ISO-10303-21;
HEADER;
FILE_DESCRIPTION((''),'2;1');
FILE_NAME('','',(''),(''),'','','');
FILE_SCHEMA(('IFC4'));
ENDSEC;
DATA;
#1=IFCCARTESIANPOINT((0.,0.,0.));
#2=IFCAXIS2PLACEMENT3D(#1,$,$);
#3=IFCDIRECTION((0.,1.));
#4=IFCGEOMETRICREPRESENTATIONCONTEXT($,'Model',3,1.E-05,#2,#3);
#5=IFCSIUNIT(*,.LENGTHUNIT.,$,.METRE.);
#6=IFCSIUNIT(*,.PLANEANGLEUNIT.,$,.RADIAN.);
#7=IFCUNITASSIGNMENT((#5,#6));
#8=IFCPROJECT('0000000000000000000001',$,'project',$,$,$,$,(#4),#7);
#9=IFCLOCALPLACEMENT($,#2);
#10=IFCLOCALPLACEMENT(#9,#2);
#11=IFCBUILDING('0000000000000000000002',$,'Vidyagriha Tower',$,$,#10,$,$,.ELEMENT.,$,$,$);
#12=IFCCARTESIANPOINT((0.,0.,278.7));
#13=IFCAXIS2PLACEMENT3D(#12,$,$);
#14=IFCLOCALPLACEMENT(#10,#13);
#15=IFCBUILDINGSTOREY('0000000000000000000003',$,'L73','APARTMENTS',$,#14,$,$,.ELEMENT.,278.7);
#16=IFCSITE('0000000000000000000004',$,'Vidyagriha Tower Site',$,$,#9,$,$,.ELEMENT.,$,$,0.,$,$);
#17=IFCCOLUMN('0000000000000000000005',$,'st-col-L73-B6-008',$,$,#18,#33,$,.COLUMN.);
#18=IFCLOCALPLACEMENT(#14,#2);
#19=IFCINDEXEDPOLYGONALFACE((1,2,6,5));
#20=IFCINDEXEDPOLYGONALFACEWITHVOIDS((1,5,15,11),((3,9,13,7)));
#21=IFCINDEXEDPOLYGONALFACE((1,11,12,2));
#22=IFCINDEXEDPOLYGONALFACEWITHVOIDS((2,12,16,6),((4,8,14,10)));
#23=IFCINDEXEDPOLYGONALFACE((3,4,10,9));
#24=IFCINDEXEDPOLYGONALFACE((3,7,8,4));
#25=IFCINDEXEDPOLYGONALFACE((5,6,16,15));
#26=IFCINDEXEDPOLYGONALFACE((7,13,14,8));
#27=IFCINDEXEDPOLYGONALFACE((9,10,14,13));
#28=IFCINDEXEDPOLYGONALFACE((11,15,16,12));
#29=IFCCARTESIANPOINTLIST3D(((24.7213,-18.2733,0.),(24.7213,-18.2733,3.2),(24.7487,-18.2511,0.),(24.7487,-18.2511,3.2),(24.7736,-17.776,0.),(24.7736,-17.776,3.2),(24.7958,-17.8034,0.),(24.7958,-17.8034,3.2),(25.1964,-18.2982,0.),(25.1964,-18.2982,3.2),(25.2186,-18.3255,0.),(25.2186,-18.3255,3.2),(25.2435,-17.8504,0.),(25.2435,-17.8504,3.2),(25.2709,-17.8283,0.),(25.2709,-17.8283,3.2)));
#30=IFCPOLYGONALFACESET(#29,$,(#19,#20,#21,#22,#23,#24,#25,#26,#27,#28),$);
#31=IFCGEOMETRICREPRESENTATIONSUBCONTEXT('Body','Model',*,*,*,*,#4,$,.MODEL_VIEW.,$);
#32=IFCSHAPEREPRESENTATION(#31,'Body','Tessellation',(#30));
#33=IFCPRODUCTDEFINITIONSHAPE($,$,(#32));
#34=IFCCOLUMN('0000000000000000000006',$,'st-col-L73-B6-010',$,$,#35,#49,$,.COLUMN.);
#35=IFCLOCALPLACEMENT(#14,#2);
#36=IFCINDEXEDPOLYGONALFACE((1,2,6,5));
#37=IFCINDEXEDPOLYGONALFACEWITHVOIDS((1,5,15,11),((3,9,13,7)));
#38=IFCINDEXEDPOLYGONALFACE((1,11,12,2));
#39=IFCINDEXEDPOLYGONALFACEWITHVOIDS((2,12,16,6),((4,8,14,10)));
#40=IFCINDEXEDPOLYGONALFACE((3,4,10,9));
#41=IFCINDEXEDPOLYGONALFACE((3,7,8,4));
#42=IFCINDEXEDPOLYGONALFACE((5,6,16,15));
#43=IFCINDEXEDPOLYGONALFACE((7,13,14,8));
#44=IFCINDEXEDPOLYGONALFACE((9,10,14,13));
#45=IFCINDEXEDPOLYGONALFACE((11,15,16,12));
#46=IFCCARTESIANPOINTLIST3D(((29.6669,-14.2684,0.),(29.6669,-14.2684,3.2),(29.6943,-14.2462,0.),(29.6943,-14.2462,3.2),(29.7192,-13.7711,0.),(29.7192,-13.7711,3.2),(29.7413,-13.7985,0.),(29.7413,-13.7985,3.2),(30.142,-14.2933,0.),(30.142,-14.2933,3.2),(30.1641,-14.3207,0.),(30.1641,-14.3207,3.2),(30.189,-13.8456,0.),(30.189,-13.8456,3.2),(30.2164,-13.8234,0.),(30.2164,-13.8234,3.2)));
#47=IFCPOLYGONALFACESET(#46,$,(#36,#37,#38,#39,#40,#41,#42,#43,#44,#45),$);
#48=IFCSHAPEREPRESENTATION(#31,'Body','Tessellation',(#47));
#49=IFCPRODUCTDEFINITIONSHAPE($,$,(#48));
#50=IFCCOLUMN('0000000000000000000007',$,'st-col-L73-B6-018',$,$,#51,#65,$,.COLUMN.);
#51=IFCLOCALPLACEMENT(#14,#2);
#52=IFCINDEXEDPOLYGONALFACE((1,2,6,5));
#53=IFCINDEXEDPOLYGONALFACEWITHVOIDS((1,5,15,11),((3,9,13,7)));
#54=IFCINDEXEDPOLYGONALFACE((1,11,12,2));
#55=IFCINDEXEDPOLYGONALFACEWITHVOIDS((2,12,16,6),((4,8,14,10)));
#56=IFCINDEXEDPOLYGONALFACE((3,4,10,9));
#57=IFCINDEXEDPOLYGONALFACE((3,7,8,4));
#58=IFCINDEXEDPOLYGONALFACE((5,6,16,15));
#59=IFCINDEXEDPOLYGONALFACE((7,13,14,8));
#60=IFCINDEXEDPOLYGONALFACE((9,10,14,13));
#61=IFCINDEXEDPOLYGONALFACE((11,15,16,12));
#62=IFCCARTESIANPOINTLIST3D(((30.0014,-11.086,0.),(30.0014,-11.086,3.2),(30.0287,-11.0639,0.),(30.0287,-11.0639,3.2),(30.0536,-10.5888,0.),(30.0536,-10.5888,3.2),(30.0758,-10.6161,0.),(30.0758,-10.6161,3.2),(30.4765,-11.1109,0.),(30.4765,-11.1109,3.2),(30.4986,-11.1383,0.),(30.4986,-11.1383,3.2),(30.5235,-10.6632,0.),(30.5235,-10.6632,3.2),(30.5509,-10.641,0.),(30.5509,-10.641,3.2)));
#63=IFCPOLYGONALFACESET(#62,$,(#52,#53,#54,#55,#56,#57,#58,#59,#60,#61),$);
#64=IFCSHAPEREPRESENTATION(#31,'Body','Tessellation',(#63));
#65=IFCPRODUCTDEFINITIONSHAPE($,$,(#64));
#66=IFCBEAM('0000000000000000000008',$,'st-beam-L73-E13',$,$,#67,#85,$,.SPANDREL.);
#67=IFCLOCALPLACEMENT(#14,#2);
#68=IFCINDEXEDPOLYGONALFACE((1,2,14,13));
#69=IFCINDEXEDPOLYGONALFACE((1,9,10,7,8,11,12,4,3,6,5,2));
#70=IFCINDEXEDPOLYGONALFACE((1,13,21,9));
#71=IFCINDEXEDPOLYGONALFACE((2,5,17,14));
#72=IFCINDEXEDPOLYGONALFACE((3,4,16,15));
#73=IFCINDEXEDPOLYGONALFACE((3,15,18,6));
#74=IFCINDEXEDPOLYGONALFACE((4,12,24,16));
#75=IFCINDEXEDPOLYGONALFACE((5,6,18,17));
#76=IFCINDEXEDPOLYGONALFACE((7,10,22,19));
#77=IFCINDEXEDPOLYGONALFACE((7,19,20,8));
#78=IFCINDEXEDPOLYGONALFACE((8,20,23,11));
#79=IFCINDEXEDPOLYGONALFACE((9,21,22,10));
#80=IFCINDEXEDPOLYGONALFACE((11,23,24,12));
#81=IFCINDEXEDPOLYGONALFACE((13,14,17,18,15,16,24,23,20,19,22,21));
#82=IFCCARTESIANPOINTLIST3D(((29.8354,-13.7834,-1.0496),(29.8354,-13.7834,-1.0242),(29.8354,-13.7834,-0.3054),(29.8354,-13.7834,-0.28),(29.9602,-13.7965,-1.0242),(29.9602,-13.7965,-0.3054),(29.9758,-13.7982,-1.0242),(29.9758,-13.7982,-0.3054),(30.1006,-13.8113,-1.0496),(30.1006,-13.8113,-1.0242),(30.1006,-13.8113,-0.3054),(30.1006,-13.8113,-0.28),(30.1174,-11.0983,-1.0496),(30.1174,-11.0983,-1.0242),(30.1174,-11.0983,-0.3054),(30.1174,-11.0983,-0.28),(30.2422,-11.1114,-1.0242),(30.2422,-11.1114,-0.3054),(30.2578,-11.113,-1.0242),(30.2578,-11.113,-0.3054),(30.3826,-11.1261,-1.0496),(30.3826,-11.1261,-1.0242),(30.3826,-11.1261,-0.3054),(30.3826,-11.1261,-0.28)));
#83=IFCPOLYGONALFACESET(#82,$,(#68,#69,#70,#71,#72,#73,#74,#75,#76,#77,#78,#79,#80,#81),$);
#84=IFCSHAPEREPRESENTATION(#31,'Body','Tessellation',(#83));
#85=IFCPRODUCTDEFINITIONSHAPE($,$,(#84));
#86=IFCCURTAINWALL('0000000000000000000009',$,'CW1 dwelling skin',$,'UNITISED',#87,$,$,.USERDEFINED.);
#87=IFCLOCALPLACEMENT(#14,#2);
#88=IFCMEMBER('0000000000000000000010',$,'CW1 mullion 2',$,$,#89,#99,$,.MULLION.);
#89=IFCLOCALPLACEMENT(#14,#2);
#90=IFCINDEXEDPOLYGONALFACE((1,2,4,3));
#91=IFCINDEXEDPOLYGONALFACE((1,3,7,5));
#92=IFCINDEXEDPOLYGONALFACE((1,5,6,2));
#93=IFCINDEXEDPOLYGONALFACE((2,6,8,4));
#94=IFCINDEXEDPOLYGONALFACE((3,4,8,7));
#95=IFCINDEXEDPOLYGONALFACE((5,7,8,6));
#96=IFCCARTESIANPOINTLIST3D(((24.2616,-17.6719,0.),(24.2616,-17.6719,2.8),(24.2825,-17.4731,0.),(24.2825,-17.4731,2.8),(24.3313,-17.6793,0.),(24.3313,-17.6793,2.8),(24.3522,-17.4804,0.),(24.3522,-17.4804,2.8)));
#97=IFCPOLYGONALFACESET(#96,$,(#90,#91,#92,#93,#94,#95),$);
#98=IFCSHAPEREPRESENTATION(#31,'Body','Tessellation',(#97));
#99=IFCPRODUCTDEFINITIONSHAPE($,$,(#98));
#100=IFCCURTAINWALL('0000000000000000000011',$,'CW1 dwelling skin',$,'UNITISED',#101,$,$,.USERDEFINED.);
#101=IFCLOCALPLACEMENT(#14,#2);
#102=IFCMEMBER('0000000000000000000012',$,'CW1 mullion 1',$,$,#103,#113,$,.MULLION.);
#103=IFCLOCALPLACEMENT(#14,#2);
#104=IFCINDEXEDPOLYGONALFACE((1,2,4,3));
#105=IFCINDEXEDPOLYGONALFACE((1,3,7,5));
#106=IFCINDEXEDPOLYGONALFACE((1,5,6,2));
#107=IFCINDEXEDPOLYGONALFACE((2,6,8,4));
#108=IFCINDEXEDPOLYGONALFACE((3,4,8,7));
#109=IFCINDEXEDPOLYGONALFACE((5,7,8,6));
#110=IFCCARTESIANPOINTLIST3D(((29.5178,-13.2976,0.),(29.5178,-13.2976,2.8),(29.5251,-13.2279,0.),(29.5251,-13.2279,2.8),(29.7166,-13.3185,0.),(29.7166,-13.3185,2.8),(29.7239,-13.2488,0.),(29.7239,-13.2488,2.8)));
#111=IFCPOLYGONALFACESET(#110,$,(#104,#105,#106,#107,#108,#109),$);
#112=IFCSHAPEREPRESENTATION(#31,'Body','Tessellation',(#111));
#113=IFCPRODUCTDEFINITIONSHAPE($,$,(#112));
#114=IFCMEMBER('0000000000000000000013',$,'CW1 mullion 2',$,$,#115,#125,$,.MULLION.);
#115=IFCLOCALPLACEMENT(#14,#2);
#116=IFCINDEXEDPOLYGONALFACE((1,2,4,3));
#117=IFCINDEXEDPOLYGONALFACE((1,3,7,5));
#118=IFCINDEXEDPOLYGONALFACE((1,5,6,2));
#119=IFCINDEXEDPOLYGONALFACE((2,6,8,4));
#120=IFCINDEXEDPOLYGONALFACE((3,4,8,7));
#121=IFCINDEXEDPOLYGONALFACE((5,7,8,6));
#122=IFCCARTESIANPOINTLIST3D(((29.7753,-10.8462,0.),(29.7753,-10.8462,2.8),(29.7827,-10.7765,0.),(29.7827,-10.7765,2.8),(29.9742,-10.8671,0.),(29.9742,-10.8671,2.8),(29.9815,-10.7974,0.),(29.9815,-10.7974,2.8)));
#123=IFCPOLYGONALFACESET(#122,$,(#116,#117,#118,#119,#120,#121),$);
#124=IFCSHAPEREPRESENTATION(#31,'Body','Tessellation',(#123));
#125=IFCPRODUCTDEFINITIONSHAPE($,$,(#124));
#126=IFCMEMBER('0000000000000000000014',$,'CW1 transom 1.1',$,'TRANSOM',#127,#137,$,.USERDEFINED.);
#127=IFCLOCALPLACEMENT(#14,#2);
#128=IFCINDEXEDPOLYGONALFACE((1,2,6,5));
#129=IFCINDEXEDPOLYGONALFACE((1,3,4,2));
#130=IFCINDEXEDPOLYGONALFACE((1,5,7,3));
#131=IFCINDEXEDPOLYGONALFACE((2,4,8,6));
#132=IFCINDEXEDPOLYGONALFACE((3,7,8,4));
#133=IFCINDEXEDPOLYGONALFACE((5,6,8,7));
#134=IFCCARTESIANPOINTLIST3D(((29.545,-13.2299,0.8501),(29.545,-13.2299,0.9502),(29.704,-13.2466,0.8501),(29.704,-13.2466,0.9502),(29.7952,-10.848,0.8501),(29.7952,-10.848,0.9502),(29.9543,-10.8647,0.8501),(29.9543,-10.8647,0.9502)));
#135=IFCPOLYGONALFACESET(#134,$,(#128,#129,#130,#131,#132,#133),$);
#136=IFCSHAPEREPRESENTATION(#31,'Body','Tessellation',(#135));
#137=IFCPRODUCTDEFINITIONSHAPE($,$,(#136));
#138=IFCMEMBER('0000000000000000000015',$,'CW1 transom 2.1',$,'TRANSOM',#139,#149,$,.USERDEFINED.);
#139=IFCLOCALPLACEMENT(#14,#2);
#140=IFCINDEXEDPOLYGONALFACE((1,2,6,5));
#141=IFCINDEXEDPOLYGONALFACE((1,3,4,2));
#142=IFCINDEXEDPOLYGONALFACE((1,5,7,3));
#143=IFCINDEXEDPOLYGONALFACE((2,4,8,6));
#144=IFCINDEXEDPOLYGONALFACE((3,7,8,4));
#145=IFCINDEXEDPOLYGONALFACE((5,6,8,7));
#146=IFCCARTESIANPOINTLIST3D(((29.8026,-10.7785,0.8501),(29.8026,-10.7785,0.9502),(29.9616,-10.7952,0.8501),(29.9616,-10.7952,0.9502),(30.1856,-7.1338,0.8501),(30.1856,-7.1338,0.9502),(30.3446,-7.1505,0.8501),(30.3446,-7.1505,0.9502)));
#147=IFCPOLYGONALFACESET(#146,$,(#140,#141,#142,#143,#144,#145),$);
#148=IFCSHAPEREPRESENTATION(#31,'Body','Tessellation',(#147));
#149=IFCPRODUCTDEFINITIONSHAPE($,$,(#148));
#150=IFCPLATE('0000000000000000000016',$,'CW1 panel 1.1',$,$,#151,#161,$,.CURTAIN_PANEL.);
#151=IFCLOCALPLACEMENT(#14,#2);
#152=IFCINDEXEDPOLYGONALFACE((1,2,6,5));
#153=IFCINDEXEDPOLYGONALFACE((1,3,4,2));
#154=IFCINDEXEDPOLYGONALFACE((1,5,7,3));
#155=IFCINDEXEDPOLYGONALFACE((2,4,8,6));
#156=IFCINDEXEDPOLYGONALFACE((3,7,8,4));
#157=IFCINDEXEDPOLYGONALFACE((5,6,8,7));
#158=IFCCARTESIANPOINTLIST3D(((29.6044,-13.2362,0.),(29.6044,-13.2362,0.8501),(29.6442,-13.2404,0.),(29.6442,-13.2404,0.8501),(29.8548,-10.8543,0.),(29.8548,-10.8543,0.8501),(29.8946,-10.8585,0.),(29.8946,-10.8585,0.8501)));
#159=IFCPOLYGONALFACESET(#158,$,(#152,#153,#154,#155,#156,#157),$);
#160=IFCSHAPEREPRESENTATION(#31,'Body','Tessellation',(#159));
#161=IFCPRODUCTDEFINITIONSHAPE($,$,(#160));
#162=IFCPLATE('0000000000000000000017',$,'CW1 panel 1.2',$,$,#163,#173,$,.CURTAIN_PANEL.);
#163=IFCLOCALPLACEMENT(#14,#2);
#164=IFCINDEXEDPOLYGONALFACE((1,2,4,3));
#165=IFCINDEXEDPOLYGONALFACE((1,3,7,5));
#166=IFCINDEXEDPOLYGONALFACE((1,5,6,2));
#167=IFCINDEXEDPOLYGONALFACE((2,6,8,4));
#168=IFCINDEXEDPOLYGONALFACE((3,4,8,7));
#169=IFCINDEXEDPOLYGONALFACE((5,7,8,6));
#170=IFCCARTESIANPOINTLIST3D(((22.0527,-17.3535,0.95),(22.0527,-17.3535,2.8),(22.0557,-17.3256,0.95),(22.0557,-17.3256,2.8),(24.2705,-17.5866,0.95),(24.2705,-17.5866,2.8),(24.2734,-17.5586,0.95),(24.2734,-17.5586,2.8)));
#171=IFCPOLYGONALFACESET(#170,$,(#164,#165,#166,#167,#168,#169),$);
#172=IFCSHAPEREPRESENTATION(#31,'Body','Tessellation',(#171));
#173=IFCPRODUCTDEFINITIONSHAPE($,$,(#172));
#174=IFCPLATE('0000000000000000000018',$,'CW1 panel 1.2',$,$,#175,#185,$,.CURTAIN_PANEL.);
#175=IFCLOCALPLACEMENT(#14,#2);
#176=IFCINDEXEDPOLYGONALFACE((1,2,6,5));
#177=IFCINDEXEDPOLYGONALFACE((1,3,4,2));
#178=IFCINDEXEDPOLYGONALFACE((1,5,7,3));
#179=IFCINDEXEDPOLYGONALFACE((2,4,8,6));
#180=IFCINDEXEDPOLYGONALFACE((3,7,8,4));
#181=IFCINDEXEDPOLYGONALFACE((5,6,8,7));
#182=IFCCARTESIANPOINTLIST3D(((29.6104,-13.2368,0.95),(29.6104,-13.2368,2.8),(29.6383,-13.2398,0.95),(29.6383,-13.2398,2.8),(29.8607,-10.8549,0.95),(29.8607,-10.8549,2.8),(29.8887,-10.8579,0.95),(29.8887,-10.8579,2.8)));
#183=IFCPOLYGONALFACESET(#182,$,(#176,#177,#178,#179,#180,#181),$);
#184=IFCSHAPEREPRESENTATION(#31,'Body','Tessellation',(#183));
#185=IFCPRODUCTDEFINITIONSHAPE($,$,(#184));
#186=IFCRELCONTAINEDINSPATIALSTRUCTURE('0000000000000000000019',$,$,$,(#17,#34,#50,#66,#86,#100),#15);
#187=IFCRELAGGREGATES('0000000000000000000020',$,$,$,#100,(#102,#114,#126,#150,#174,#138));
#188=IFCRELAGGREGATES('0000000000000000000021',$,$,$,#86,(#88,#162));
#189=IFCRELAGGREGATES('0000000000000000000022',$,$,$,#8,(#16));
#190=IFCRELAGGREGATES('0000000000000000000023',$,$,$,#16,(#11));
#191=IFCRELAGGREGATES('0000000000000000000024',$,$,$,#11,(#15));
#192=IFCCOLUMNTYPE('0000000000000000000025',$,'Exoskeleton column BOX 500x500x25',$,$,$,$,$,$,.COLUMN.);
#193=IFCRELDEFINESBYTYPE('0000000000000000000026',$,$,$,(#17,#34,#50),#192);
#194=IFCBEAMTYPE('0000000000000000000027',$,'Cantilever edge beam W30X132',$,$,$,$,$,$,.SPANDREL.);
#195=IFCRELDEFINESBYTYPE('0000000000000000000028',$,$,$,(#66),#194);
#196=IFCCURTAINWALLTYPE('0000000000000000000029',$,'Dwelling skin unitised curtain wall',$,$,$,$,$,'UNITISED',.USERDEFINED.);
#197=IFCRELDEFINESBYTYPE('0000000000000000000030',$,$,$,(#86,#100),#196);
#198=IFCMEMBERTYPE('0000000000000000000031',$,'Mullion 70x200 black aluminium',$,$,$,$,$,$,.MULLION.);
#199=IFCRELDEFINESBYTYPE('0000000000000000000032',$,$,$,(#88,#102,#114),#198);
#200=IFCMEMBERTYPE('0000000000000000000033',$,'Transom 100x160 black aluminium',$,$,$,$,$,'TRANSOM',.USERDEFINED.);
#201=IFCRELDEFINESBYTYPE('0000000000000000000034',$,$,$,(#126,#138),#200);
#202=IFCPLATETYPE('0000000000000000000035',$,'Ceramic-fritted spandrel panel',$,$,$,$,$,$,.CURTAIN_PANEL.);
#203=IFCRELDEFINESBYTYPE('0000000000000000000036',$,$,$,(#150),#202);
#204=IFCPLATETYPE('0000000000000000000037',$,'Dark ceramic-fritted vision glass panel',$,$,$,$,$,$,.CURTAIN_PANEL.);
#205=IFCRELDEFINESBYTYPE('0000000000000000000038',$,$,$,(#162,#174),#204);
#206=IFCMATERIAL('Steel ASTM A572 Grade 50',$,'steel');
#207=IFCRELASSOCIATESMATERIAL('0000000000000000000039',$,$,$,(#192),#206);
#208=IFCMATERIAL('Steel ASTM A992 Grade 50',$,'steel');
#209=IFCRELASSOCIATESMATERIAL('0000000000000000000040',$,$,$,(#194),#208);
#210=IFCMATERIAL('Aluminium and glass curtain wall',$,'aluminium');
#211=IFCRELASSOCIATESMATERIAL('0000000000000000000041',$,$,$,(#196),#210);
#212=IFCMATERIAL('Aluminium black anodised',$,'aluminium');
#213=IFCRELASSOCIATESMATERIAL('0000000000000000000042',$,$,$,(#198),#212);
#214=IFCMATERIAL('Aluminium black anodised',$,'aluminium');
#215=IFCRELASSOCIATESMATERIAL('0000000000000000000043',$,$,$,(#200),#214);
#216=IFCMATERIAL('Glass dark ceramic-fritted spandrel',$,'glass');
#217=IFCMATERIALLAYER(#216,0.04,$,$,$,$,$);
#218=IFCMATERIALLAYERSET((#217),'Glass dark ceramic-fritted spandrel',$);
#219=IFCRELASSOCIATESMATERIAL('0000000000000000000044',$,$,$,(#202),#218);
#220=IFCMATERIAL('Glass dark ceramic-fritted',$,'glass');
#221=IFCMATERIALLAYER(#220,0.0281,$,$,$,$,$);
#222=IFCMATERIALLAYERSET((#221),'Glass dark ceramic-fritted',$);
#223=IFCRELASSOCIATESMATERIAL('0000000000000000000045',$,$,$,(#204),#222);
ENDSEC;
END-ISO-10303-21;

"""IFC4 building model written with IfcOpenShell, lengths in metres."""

from ifc_helpers import new_model, si_unit, direction, frame, origin, origin_2d, place, context, subcontext, project, spatial, rectangle, hollow_rectangle, i_section, extrude, material, layer, layer_set, material_profile, profile_set, type_object, element, aggregate, save


model = new_model("IFC4")

# Units and contexts
model_context = context("Model", 3, precision=1e-05, world=origin(), true_north=direction((0.0, 1.0)))
body_context = subcontext(model_context, "Body", "Model", "MODEL_VIEW")
ifc_project = project(units=[si_unit("LENGTHUNIT", "METRE"), si_unit("PLANEANGLEUNIT", "RADIAN")], contexts=[model_context])

# Site, building, storey
site_placement = place(None, origin())
site = spatial("IfcSite", under=ifc_project, at=site_placement, Name="Vidyagriha Tower Site", CompositionType="ELEMENT", RefElevation=0.0)
building_placement = place(site_placement, origin())
building = spatial("IfcBuilding", under=site, at=building_placement, Name="Vidyagriha Tower", CompositionType="ELEMENT")
storey_placement = place(building_placement, frame((0.0, 0.0, 278.7)))
storey = spatial("IfcBuildingStorey", under=building, at=storey_placement, Name="L73", Description="APARTMENTS", CompositionType="ELEMENT", Elevation=278.7)

# Columns
ifc_material_1 = material(Name="Steel ASTM A572 Grade 50", Category="steel")
ifc_material_profile_1 = material_profile(ifc_material_1, hollow_rectangle(XDim=0.5, YDim=0.5, WallThickness=0.0249, at=origin_2d()), Name="BOX 500x500x25")
ifc_profile_set_1 = profile_set([ifc_material_profile_1], Name="Steel ASTM A572 Grade 50")
column_type = type_object("IfcColumnType", Name="Exoskeleton column BOX 500x500x25", PredefinedType="COLUMN", material=ifc_profile_set_1)
for number, where, z_axis, x_axis, name in (
    (1, (24.9961, -18.0508, 0.0), (0.0, 0.0, 1.0), (0.994522, -0.104528, 0.0), "st-col-L73-B6-008"),
    (2, (29.9417, -14.0459, 0.0), (0.0, 0.0, 1.0), (0.994522, -0.104528, 0.0), "st-col-L73-B6-010"),
    (3, (30.2761, -10.8635, 0.0), (0.0, 0.0, 1.0), (0.994522, -0.104528, 0.0), "st-col-L73-B6-018"),
):
    element("IfcColumn", number, at=place(storey_placement, frame(where, z_axis=z_axis, x_axis=x_axis)), inside=storey, type_object=column_type, Name=name, PredefinedType="COLUMN", context=body_context, shape_type="SweptSolid", body=[
        extrude(hollow_rectangle(XDim=0.5, YDim=0.5, WallThickness=0.0249, at=origin_2d()), origin(), (0.0, 0.0, 1.0), 3.2),
    ])

# Beam
ifc_material_2 = material(Name="Steel ASTM A992 Grade 50", Category="steel")
ifc_material_profile_2 = material_profile(ifc_material_2, i_section(OverallWidth=0.2666, OverallDepth=0.7695, WebThickness=0.0156, FlangeThickness=0.0254, at=origin_2d()), Name="W30X132")
ifc_profile_set_2 = profile_set([ifc_material_profile_2], Name="Steel ASTM A992 Grade 50")
beam_type = type_object("IfcBeamType", Name="Cantilever edge beam W30X132", PredefinedType="SPANDREL", material=ifc_profile_set_2)
beam_placement = place(storey_placement, frame((29.968, -13.7974, -0.6648), z_axis=(0.104435, 0.994532, 0.0), x_axis=(-0.994532, 0.104435, 0.0)))
element("IfcBeam", 4, at=beam_placement, inside=storey, type_object=beam_type, Name="st-beam-L73-E13", PredefinedType="SPANDREL", context=body_context, shape_type="SweptSolid", body=[
    extrude(i_section(OverallWidth=0.2666, OverallDepth=0.7695, WebThickness=0.0156, FlangeThickness=0.0254, at=origin_2d()), origin(), (0.0, 0.0, 1.0), 2.7),
])

# Curtain wall, member
ifc_material_3 = material(Name="Aluminium and glass curtain wall", Category="aluminium")
curtain_wall_type = type_object("IfcCurtainWallType", Name="Dwelling skin unitised curtain wall", ElementType="UNITISED", PredefinedType="USERDEFINED", material=ifc_material_3)
curtain_wall_1_placement = place(storey_placement, origin())
curtain_wall_1 = element("IfcCurtainWall", 5, at=curtain_wall_1_placement, inside=storey, type_object=curtain_wall_type, Name="CW1 dwelling skin", ObjectType="UNITISED", PredefinedType="USERDEFINED")
ifc_material_4 = material(Name="Aluminium black anodised", Category="aluminium")
ifc_material_profile_3 = material_profile(ifc_material_4, rectangle(XDim=0.2, YDim=0.0701, at=origin_2d()), Name="Mullion 70x200 black aluminium")
ifc_profile_set_3 = profile_set([ifc_material_profile_3], Name="Aluminium black anodised")
member_type_1 = type_object("IfcMemberType", Name="Mullion 70x200 black aluminium", PredefinedType="MULLION", material=ifc_profile_set_3)
member_1_placement = place(storey_placement, frame((24.3069, -17.5762, 0.0), z_axis=(0.0, 0.0, 1.0), x_axis=(0.104522, 0.994523, 0.0)))
member_1 = element("IfcMember", 6, at=member_1_placement, type_object=member_type_1, Name="CW1 mullion 2", PredefinedType="MULLION", context=body_context, shape_type="SweptSolid", body=[
    extrude(rectangle(XDim=0.2, YDim=0.0701, at=origin_2d()), origin(), (0.0, 0.0, 1.0), 2.8),
])

# Curtain wall, members, plate
curtain_wall_2_placement = place(storey_placement, origin())
curtain_wall_2 = element("IfcCurtainWall", 7, at=curtain_wall_2_placement, inside=storey, type_object=curtain_wall_type, Name="CW1 dwelling skin", ObjectType="UNITISED", PredefinedType="USERDEFINED")
member_2_placement = place(storey_placement, frame((29.6208, -13.2732, 0.0), z_axis=(0.0, 0.0, 1.0), x_axis=(-0.994521, 0.104533, 0.0)))
member_2 = element("IfcMember", 8, at=member_2_placement, type_object=member_type_1, Name="CW1 mullion 1", PredefinedType="MULLION", context=body_context, shape_type="SweptSolid", body=[
    extrude(rectangle(XDim=0.2, YDim=0.0701, at=origin_2d()), origin(), (0.0, 0.0, 1.0), 2.8),
])
member_3_placement = place(storey_placement, frame((29.8784, -10.8218, 0.0), z_axis=(0.0, 0.0, 1.0), x_axis=(-0.994521, 0.104533, 0.0)))
member_3 = element("IfcMember", 9, at=member_3_placement, type_object=member_type_1, Name="CW1 mullion 2", PredefinedType="MULLION", context=body_context, shape_type="SweptSolid", body=[
    extrude(rectangle(XDim=0.2, YDim=0.0701, at=origin_2d()), origin(), (0.0, 0.0, 1.0), 2.8),
])
ifc_material_5 = material(Name="Aluminium black anodised", Category="aluminium")
ifc_material_profile_4 = material_profile(ifc_material_5, rectangle(XDim=0.1599, YDim=0.1001, at=origin_2d()), Name="Transom 100x160 black aluminium")
ifc_profile_set_4 = profile_set([ifc_material_profile_4], Name="Aluminium black anodised")
member_type_2 = type_object("IfcMemberType", Name="Transom 100x160 black aluminium", ElementType="TRANSOM", PredefinedType="USERDEFINED", material=ifc_profile_set_4)
member_4_placement = place(storey_placement, frame((29.6245, -13.2383, 0.9001), z_axis=(0.104488, 0.994526, 0.0), x_axis=(-0.994526, 0.104488, 0.0)))
member_4 = element("IfcMember", 10, at=member_4_placement, type_object=member_type_2, Name="CW1 transom 1.1", ObjectType="TRANSOM", PredefinedType="USERDEFINED", context=body_context, shape_type="SweptSolid", body=[
    extrude(rectangle(XDim=0.1599, YDim=0.1001, at=origin_2d()), origin(), (0.0, 0.0, 1.0), 2.395),
])
member_5_placement = place(storey_placement, frame((29.8821, -10.7869, 0.9001), z_axis=(0.104522, 0.994523, 0.0), x_axis=(-0.994523, 0.104522, 0.0)))
member_5 = element("IfcMember", 11, at=member_5_placement, type_object=member_type_2, Name="CW1 transom 2.1", ObjectType="TRANSOM", PredefinedType="USERDEFINED", context=body_context, shape_type="SweptSolid", body=[
    extrude(rectangle(XDim=0.1599, YDim=0.1001, at=origin_2d()), origin(), (0.0, 0.0, 1.0), 3.6648),
])
ifc_material_6 = material(Name="Glass dark ceramic-fritted spandrel", Category="glass")
ifc_layer_1 = layer(ifc_material_6, 0.04)
ifc_layer_set_1 = layer_set([ifc_layer_1], Name="Glass dark ceramic-fritted spandrel")
plate_type_1 = type_object("IfcPlateType", Name="Ceramic-fritted spandrel panel", PredefinedType="CURTAIN_PANEL", material=ifc_layer_set_1)
plate_1_placement = place(storey_placement, frame((29.7495, -12.0474, 0.0), z_axis=(0.0, 0.0, 1.0), x_axis=(0.104533, 0.994521, 0.0)))
plate_1 = element("IfcPlate", 12, at=plate_1_placement, type_object=plate_type_1, Name="CW1 panel 1.1", PredefinedType="CURTAIN_PANEL", context=body_context, shape_type="SweptSolid", body=[
    extrude(rectangle(XDim=2.395, YDim=0.04, at=origin_2d()), origin(), (0.0, 0.0, 1.0), 0.8501),
])

# Plates
ifc_material_7 = material(Name="Glass dark ceramic-fritted", Category="glass")
ifc_layer_2 = layer(ifc_material_7, 0.0281)
ifc_layer_set_2 = layer_set([ifc_layer_2], Name="Glass dark ceramic-fritted")
plate_type_2 = type_object("IfcPlateType", Name="Dark ceramic-fritted vision glass panel", PredefinedType="CURTAIN_PANEL", material=ifc_layer_set_2)
plate_2_placement = place(storey_placement, frame((23.1631, -17.4561, 0.95), z_axis=(0.0, 0.0, 1.0), x_axis=(0.994523, -0.104522, 0.0)))
plate_2 = element("IfcPlate", 13, at=plate_2_placement, type_object=plate_type_2, Name="CW1 panel 1.2", PredefinedType="CURTAIN_PANEL", context=body_context, shape_type="SweptSolid", body=[
    extrude(rectangle(XDim=2.23, YDim=0.0281, at=origin_2d()), origin(), (0.0, 0.0, 1.0), 1.8501),
])
plate_3_placement = place(storey_placement, frame((29.7495, -12.0474, 0.95), z_axis=(0.0, 0.0, 1.0), x_axis=(0.104533, 0.994521, 0.0)))
plate_3 = element("IfcPlate", 14, at=plate_3_placement, type_object=plate_type_2, Name="CW1 panel 1.2", PredefinedType="CURTAIN_PANEL", context=body_context, shape_type="SweptSolid", body=[
    extrude(rectangle(XDim=2.395, YDim=0.0281, at=origin_2d()), origin(), (0.0, 0.0, 1.0), 1.8501),
])
aggregate(curtain_wall_2, [member_2, member_3, member_4, plate_1, plate_3, member_5])
aggregate(curtain_wall_1, [member_1, plate_2])

save(model, "model.ifc")
